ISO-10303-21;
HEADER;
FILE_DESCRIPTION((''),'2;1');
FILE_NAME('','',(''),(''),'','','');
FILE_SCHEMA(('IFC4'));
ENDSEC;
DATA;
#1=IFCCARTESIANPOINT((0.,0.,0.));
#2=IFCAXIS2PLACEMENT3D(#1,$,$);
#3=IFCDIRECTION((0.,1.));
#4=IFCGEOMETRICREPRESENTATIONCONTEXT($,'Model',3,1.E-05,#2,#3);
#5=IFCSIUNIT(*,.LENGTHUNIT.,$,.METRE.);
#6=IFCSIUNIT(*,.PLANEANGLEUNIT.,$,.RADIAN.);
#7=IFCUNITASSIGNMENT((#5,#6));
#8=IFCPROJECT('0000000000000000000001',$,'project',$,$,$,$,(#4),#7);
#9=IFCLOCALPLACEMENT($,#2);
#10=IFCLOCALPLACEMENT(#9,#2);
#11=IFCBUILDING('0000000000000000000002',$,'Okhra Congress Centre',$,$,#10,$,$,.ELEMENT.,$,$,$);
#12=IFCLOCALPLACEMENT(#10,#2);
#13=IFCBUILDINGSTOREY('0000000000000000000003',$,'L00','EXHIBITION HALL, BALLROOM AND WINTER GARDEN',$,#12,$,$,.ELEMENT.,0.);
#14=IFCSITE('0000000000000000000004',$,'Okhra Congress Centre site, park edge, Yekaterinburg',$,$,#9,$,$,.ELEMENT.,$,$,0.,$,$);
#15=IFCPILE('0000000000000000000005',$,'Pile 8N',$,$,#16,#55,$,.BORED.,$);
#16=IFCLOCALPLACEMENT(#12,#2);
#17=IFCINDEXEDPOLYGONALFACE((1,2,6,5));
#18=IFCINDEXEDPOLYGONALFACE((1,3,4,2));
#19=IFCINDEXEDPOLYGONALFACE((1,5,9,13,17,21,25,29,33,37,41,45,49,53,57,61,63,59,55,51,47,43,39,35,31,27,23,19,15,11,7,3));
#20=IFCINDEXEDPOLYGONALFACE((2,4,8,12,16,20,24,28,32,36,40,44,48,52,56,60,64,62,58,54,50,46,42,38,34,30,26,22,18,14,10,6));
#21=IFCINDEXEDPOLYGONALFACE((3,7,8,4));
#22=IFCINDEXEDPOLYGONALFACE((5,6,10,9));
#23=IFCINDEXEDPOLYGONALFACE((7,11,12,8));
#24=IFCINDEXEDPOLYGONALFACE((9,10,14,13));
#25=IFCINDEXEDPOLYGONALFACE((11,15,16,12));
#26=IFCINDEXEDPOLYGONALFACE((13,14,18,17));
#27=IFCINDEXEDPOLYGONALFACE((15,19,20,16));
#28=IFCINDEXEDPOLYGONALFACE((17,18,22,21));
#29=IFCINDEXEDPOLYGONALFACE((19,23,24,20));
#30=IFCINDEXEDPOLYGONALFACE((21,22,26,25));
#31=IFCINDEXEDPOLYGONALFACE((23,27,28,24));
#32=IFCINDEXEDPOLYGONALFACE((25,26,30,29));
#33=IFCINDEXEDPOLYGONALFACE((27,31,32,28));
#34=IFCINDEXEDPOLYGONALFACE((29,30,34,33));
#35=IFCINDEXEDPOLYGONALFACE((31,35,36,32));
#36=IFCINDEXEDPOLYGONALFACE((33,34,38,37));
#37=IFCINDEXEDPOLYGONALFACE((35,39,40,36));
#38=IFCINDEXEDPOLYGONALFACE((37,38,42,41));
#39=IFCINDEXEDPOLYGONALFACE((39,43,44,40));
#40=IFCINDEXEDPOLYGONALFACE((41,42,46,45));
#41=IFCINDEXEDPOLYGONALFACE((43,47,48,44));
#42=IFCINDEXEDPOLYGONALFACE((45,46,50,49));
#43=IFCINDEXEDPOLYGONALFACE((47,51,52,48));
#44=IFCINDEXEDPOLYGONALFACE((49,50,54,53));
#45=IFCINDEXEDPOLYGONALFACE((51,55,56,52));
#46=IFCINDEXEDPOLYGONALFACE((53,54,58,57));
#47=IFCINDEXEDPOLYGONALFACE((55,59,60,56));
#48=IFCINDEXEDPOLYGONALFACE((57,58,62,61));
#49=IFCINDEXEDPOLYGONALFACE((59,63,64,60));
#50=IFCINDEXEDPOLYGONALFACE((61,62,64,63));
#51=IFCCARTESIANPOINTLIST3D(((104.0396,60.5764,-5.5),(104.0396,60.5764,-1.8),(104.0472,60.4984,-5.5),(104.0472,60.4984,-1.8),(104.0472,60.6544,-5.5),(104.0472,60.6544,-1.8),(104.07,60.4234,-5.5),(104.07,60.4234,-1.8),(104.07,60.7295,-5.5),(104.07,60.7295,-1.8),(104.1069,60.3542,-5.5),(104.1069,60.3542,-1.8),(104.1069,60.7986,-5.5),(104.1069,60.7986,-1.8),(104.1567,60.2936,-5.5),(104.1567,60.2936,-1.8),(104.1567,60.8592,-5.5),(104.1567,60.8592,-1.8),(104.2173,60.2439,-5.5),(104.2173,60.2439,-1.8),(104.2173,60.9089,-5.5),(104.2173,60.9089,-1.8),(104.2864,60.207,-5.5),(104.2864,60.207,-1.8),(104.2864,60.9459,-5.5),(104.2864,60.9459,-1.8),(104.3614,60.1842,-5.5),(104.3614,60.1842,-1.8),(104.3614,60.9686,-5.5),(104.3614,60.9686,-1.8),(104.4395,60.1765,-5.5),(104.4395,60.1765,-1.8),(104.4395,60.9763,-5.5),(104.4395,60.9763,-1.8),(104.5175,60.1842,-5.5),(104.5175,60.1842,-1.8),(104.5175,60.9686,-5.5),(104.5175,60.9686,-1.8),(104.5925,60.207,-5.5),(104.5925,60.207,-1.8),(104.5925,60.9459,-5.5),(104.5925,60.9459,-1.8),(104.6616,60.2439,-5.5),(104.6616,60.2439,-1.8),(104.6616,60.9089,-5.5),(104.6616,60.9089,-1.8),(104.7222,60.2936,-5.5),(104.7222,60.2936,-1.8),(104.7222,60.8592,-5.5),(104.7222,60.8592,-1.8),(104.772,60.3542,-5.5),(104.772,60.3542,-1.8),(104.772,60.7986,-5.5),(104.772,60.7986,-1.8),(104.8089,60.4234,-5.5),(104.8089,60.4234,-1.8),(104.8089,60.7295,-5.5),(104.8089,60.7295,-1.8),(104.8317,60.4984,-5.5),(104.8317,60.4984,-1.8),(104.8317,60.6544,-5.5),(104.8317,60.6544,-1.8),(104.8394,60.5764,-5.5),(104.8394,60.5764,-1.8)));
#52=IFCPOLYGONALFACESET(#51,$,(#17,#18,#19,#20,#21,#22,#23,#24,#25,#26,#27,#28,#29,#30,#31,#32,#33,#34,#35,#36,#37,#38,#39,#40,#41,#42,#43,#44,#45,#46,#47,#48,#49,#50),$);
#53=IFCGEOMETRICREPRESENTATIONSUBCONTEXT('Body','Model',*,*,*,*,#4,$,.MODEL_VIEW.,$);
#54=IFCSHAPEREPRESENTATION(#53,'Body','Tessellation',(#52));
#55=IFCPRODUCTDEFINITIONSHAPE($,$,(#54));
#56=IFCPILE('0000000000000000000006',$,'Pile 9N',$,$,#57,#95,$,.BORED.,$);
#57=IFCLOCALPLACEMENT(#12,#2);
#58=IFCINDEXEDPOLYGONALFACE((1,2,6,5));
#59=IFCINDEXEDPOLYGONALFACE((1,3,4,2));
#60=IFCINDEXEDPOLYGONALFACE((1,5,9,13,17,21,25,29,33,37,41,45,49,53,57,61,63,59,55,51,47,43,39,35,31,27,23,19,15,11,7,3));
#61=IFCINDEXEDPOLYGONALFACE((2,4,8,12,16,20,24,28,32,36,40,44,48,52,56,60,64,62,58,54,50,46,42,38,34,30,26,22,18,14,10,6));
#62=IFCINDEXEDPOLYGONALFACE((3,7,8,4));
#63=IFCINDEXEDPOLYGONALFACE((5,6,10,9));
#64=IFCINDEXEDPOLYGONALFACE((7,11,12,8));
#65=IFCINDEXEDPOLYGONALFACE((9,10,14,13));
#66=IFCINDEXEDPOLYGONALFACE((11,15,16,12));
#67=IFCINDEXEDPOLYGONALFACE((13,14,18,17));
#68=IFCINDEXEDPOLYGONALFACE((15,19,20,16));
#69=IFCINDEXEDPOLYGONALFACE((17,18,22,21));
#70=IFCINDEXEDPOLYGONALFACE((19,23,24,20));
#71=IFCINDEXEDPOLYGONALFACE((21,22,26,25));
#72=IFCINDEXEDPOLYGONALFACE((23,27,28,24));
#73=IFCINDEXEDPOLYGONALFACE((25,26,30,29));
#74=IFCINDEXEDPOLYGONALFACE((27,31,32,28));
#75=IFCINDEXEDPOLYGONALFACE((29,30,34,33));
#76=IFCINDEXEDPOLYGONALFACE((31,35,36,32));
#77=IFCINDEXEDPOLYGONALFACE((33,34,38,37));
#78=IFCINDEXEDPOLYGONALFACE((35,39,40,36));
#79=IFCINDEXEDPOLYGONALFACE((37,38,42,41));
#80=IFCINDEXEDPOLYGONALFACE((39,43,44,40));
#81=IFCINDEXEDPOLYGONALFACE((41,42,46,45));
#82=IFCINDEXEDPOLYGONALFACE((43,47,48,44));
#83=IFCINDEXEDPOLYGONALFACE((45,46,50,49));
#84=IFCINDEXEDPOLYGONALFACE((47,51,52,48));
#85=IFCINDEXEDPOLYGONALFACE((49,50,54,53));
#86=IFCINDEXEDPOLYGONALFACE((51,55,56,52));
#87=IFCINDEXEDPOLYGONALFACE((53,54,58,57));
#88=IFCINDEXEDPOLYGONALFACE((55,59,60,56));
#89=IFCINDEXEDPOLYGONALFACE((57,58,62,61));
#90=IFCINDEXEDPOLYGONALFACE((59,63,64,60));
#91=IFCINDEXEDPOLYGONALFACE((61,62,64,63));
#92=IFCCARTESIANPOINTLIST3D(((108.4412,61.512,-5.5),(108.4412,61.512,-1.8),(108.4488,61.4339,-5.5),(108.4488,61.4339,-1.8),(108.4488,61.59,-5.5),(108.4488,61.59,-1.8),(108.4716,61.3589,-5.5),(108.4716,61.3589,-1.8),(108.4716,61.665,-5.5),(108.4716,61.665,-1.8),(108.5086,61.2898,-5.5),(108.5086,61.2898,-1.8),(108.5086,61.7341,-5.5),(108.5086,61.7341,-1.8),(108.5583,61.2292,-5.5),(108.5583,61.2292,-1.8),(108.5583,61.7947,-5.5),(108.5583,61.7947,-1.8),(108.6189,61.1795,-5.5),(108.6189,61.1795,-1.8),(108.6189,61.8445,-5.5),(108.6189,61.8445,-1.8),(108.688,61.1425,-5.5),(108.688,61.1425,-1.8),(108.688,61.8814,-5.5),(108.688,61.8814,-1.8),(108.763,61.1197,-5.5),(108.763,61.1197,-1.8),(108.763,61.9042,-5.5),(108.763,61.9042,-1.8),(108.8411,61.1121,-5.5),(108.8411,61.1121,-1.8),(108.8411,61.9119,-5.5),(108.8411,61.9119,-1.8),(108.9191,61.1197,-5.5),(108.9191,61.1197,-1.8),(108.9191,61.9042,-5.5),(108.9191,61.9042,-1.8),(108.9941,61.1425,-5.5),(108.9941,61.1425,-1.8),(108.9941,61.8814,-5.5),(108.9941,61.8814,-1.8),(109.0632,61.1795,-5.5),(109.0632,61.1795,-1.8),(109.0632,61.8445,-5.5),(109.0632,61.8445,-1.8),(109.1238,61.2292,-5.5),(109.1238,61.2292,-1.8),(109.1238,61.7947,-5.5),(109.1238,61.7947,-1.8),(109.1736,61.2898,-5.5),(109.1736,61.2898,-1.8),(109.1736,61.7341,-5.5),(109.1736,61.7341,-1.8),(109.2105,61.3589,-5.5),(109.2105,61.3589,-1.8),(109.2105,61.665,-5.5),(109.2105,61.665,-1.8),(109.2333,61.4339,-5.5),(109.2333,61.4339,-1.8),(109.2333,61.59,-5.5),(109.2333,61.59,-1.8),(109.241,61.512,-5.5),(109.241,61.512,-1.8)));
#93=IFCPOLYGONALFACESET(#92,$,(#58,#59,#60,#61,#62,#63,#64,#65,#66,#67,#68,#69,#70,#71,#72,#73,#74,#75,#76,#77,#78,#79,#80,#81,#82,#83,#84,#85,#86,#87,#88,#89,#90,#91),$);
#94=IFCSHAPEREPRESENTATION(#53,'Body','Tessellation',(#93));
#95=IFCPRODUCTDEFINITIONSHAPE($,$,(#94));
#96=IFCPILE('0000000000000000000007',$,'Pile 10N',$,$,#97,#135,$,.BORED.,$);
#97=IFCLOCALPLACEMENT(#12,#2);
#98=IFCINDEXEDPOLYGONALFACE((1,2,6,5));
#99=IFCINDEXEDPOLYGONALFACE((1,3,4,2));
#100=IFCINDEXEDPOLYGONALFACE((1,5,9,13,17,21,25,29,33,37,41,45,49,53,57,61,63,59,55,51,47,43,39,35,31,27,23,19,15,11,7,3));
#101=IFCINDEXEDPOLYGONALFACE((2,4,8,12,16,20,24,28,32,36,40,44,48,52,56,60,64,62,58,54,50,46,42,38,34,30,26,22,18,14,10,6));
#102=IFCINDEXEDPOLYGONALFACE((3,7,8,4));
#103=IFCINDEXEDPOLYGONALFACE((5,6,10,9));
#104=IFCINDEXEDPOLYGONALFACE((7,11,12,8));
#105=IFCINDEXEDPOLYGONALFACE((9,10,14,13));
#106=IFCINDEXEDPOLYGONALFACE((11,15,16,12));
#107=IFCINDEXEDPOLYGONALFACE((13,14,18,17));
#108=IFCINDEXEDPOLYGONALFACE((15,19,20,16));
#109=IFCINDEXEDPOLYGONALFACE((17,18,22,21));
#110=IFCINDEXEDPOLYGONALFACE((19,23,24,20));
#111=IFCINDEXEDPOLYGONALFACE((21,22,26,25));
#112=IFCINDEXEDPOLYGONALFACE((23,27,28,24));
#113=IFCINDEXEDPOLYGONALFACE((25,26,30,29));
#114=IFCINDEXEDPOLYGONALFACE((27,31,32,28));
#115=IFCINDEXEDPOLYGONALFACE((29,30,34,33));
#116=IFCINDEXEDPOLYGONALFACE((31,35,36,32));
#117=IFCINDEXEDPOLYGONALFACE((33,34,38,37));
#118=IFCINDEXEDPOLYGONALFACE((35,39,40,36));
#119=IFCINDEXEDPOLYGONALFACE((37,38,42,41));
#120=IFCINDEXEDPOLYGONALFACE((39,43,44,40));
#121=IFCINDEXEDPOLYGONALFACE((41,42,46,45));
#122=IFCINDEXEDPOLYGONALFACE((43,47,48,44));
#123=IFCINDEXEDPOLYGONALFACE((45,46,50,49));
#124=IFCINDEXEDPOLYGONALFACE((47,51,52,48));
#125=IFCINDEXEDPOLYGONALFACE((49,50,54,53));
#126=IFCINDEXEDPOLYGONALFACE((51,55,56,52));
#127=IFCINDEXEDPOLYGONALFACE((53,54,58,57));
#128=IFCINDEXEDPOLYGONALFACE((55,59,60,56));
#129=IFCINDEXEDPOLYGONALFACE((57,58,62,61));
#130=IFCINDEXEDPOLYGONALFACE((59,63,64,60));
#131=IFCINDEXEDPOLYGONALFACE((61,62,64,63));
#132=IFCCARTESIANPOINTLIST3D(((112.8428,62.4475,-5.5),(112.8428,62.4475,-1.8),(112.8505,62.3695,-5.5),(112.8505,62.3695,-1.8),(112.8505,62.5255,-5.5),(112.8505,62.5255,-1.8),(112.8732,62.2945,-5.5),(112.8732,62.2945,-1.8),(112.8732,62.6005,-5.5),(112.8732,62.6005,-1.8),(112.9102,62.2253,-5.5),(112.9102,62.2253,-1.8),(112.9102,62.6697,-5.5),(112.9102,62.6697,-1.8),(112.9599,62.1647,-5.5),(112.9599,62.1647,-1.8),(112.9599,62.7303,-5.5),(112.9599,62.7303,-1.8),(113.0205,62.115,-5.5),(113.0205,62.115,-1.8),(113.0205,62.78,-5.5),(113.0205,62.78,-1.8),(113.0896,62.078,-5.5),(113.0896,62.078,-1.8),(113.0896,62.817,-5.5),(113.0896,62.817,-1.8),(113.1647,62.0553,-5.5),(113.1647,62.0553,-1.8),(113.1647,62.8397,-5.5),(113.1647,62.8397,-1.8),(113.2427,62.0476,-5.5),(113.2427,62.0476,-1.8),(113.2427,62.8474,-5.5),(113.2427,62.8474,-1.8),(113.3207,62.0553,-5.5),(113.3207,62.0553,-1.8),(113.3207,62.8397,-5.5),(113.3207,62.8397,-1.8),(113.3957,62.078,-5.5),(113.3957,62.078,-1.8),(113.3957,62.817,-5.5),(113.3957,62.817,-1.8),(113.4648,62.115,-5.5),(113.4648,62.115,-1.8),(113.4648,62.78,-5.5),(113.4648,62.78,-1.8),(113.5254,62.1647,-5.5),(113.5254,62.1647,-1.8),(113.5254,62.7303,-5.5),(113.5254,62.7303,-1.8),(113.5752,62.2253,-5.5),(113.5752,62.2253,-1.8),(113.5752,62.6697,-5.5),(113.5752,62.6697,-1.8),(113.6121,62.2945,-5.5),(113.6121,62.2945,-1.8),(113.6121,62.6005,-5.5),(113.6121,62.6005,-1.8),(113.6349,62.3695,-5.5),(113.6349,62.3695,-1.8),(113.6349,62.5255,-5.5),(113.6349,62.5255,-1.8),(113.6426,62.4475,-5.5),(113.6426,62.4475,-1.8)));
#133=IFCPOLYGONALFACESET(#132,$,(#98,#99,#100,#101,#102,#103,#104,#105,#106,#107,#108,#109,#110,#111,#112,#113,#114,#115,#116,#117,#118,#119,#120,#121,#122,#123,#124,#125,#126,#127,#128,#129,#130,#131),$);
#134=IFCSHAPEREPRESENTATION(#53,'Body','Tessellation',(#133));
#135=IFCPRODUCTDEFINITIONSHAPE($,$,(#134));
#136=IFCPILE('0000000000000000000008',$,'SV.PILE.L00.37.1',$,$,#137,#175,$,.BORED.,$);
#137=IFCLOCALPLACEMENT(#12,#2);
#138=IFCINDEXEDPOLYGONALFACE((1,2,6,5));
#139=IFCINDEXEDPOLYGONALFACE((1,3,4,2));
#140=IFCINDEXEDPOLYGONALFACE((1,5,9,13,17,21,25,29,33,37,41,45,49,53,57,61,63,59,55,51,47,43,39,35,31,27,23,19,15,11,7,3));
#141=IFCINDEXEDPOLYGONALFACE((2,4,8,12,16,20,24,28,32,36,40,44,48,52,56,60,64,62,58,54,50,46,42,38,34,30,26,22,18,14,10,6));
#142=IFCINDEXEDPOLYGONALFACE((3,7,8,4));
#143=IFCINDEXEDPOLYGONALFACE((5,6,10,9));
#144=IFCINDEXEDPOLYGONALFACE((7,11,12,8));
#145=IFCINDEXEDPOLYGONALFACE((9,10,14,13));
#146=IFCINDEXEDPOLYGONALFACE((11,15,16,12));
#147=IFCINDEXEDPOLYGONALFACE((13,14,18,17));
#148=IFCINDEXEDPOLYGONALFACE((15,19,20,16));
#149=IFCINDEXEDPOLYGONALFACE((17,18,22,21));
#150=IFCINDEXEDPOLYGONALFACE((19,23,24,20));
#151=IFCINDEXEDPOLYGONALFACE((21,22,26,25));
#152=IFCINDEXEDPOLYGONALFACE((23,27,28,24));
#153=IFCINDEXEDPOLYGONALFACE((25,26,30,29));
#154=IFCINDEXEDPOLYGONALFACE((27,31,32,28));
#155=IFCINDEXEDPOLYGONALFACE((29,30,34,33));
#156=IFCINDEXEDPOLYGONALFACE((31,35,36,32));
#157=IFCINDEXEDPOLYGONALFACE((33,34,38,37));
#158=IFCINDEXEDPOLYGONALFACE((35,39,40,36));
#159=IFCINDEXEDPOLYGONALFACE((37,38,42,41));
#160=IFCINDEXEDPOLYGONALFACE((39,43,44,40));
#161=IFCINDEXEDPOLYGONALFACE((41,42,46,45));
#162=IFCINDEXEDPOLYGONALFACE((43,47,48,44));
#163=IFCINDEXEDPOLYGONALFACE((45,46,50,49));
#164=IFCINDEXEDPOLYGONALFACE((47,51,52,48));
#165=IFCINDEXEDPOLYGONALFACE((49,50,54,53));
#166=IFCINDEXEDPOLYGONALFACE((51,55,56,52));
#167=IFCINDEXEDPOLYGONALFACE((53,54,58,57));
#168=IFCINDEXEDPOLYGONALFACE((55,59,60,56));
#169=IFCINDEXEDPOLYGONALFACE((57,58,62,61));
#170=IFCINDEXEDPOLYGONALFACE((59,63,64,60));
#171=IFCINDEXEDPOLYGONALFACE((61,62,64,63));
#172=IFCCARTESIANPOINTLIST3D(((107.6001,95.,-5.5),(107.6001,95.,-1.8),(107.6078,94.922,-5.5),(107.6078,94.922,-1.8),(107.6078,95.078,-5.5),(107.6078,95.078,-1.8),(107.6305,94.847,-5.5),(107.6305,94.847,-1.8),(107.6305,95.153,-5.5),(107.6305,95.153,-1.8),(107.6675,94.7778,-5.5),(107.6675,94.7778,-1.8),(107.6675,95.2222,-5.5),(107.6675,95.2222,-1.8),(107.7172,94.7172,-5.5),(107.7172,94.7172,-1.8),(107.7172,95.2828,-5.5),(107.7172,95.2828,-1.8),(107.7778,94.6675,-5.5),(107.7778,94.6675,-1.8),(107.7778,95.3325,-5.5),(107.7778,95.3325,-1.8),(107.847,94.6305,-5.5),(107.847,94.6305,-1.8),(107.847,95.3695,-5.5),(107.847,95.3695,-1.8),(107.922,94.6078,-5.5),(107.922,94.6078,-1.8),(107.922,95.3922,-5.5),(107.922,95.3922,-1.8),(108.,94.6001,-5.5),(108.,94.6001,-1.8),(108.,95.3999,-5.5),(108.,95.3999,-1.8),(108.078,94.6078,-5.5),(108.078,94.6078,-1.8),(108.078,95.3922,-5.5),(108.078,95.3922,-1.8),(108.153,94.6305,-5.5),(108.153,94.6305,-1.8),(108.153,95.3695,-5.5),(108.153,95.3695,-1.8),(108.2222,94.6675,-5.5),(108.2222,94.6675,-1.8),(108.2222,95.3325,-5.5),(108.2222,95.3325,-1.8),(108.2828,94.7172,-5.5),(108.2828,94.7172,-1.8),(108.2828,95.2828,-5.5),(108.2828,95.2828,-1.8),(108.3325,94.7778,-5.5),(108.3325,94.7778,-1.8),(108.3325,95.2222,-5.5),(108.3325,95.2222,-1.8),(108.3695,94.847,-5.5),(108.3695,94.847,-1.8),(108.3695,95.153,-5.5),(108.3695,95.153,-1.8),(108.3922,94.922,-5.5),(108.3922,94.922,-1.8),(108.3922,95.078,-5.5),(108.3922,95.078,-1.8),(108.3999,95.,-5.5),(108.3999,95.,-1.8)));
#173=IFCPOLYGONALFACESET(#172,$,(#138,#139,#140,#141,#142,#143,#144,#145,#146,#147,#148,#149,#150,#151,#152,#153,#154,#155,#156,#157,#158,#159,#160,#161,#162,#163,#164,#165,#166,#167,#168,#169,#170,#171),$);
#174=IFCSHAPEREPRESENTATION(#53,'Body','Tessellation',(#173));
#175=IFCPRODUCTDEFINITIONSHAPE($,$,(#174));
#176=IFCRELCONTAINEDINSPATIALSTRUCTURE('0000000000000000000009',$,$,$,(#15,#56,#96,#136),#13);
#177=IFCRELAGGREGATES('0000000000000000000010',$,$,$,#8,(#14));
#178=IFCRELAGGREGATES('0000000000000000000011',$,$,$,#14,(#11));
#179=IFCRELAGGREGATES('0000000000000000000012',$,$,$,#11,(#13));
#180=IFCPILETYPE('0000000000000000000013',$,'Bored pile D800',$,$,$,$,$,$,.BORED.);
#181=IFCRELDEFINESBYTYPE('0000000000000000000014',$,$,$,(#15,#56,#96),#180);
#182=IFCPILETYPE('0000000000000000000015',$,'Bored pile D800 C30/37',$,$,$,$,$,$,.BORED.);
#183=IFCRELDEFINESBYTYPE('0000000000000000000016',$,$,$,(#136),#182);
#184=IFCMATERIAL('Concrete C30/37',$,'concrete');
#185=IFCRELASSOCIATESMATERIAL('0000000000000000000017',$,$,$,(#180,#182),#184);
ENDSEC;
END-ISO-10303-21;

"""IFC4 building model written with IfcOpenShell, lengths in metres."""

from ifc_helpers import new_model, si_unit, direction, frame, origin, origin_2d, place, context, subcontext, project, spatial, circle, extrude, material, material_profile, profile_set, type_object, element, save


model = new_model("IFC4")

# Units and contexts
model_context = context("Model", 3, precision=1e-05, world=origin(), true_north=direction((0.0, 1.0)))
body_context = subcontext(model_context, "Body", "Model", "MODEL_VIEW")
ifc_project = project(units=[si_unit("LENGTHUNIT", "METRE"), si_unit("PLANEANGLEUNIT", "RADIAN")], contexts=[model_context])

# Site, building, storey
site_placement = place(None, origin())
site = spatial("IfcSite", under=ifc_project, at=site_placement, Name="Okhra Congress Centre site, park edge, Yekaterinburg", CompositionType="ELEMENT", RefElevation=0.0)
building_placement = place(site_placement, origin())
building = spatial("IfcBuilding", under=site, at=building_placement, Name="Okhra Congress Centre", CompositionType="ELEMENT")
storey_placement = place(building_placement, origin())
storey = spatial("IfcBuildingStorey", under=building, at=storey_placement, Name="L00", Description="EXHIBITION HALL, BALLROOM AND WINTER GARDEN", CompositionType="ELEMENT", Elevation=0.0)

# Piles
ifc_material_1 = material(Name="Concrete C30/37", Category="concrete")
ifc_material_profile_1 = material_profile(ifc_material_1, circle(Radius=0.3999, at=origin_2d()), Name="D800")
ifc_profile_set_1 = profile_set([ifc_material_profile_1], Name="Concrete C30/37")
pile_type_1 = type_object("IfcPileType", Name="Bored pile D800", PredefinedType="BORED", material=ifc_profile_set_1)
for number, where, z_axis, x_axis, name in (
    (1, (104.4395, 60.5764, -1.8), (0.0, 0.0, -1.0), (1.0, 0.0, 0.0), "Pile 8N"),
    (2, (108.8411, 61.512, -1.8), (0.0, 0.0, -1.0), (1.0, 0.0, 0.0), "Pile 9N"),
    (3, (113.2427, 62.4475, -1.8), (0.0, 0.0, -1.0), (1.0, 0.0, 0.0), "Pile 10N"),
):
    element("IfcPile", number, at=place(storey_placement, frame(where, z_axis=z_axis, x_axis=x_axis)), inside=storey, type_object=pile_type_1, Name=name, PredefinedType="BORED", context=body_context, shape_type="SweptSolid", body=[
        extrude(circle(Radius=0.3999, at=origin_2d()), origin(), (0.0, 0.0, 1.0), 3.7),
    ])
ifc_material_profile_2 = material_profile(ifc_material_1, circle(Radius=0.3999, at=origin_2d()), Name="D800")
ifc_profile_set_2 = profile_set([ifc_material_profile_2], Name="Concrete C30/37")
pile_type_2 = type_object("IfcPileType", Name="Bored pile D800 C30/37", PredefinedType="BORED", material=ifc_profile_set_2)
for number, where, z_axis, x_axis, name in (
    (4, (108.0, 95.0, -1.8), (0.0, 0.0, -1.0), (1.0, 0.0, 0.0), "SV.PILE.L00.37.1"),
):
    element("IfcPile", number, at=place(storey_placement, frame(where, z_axis=z_axis, x_axis=x_axis)), inside=storey, type_object=pile_type_2, Name=name, PredefinedType="BORED", context=body_context, shape_type="SweptSolid", body=[
        extrude(circle(Radius=0.3999, at=origin_2d()), origin(), (0.0, 0.0, 1.0), 3.7),
    ])

save(model, "model.ifc")
